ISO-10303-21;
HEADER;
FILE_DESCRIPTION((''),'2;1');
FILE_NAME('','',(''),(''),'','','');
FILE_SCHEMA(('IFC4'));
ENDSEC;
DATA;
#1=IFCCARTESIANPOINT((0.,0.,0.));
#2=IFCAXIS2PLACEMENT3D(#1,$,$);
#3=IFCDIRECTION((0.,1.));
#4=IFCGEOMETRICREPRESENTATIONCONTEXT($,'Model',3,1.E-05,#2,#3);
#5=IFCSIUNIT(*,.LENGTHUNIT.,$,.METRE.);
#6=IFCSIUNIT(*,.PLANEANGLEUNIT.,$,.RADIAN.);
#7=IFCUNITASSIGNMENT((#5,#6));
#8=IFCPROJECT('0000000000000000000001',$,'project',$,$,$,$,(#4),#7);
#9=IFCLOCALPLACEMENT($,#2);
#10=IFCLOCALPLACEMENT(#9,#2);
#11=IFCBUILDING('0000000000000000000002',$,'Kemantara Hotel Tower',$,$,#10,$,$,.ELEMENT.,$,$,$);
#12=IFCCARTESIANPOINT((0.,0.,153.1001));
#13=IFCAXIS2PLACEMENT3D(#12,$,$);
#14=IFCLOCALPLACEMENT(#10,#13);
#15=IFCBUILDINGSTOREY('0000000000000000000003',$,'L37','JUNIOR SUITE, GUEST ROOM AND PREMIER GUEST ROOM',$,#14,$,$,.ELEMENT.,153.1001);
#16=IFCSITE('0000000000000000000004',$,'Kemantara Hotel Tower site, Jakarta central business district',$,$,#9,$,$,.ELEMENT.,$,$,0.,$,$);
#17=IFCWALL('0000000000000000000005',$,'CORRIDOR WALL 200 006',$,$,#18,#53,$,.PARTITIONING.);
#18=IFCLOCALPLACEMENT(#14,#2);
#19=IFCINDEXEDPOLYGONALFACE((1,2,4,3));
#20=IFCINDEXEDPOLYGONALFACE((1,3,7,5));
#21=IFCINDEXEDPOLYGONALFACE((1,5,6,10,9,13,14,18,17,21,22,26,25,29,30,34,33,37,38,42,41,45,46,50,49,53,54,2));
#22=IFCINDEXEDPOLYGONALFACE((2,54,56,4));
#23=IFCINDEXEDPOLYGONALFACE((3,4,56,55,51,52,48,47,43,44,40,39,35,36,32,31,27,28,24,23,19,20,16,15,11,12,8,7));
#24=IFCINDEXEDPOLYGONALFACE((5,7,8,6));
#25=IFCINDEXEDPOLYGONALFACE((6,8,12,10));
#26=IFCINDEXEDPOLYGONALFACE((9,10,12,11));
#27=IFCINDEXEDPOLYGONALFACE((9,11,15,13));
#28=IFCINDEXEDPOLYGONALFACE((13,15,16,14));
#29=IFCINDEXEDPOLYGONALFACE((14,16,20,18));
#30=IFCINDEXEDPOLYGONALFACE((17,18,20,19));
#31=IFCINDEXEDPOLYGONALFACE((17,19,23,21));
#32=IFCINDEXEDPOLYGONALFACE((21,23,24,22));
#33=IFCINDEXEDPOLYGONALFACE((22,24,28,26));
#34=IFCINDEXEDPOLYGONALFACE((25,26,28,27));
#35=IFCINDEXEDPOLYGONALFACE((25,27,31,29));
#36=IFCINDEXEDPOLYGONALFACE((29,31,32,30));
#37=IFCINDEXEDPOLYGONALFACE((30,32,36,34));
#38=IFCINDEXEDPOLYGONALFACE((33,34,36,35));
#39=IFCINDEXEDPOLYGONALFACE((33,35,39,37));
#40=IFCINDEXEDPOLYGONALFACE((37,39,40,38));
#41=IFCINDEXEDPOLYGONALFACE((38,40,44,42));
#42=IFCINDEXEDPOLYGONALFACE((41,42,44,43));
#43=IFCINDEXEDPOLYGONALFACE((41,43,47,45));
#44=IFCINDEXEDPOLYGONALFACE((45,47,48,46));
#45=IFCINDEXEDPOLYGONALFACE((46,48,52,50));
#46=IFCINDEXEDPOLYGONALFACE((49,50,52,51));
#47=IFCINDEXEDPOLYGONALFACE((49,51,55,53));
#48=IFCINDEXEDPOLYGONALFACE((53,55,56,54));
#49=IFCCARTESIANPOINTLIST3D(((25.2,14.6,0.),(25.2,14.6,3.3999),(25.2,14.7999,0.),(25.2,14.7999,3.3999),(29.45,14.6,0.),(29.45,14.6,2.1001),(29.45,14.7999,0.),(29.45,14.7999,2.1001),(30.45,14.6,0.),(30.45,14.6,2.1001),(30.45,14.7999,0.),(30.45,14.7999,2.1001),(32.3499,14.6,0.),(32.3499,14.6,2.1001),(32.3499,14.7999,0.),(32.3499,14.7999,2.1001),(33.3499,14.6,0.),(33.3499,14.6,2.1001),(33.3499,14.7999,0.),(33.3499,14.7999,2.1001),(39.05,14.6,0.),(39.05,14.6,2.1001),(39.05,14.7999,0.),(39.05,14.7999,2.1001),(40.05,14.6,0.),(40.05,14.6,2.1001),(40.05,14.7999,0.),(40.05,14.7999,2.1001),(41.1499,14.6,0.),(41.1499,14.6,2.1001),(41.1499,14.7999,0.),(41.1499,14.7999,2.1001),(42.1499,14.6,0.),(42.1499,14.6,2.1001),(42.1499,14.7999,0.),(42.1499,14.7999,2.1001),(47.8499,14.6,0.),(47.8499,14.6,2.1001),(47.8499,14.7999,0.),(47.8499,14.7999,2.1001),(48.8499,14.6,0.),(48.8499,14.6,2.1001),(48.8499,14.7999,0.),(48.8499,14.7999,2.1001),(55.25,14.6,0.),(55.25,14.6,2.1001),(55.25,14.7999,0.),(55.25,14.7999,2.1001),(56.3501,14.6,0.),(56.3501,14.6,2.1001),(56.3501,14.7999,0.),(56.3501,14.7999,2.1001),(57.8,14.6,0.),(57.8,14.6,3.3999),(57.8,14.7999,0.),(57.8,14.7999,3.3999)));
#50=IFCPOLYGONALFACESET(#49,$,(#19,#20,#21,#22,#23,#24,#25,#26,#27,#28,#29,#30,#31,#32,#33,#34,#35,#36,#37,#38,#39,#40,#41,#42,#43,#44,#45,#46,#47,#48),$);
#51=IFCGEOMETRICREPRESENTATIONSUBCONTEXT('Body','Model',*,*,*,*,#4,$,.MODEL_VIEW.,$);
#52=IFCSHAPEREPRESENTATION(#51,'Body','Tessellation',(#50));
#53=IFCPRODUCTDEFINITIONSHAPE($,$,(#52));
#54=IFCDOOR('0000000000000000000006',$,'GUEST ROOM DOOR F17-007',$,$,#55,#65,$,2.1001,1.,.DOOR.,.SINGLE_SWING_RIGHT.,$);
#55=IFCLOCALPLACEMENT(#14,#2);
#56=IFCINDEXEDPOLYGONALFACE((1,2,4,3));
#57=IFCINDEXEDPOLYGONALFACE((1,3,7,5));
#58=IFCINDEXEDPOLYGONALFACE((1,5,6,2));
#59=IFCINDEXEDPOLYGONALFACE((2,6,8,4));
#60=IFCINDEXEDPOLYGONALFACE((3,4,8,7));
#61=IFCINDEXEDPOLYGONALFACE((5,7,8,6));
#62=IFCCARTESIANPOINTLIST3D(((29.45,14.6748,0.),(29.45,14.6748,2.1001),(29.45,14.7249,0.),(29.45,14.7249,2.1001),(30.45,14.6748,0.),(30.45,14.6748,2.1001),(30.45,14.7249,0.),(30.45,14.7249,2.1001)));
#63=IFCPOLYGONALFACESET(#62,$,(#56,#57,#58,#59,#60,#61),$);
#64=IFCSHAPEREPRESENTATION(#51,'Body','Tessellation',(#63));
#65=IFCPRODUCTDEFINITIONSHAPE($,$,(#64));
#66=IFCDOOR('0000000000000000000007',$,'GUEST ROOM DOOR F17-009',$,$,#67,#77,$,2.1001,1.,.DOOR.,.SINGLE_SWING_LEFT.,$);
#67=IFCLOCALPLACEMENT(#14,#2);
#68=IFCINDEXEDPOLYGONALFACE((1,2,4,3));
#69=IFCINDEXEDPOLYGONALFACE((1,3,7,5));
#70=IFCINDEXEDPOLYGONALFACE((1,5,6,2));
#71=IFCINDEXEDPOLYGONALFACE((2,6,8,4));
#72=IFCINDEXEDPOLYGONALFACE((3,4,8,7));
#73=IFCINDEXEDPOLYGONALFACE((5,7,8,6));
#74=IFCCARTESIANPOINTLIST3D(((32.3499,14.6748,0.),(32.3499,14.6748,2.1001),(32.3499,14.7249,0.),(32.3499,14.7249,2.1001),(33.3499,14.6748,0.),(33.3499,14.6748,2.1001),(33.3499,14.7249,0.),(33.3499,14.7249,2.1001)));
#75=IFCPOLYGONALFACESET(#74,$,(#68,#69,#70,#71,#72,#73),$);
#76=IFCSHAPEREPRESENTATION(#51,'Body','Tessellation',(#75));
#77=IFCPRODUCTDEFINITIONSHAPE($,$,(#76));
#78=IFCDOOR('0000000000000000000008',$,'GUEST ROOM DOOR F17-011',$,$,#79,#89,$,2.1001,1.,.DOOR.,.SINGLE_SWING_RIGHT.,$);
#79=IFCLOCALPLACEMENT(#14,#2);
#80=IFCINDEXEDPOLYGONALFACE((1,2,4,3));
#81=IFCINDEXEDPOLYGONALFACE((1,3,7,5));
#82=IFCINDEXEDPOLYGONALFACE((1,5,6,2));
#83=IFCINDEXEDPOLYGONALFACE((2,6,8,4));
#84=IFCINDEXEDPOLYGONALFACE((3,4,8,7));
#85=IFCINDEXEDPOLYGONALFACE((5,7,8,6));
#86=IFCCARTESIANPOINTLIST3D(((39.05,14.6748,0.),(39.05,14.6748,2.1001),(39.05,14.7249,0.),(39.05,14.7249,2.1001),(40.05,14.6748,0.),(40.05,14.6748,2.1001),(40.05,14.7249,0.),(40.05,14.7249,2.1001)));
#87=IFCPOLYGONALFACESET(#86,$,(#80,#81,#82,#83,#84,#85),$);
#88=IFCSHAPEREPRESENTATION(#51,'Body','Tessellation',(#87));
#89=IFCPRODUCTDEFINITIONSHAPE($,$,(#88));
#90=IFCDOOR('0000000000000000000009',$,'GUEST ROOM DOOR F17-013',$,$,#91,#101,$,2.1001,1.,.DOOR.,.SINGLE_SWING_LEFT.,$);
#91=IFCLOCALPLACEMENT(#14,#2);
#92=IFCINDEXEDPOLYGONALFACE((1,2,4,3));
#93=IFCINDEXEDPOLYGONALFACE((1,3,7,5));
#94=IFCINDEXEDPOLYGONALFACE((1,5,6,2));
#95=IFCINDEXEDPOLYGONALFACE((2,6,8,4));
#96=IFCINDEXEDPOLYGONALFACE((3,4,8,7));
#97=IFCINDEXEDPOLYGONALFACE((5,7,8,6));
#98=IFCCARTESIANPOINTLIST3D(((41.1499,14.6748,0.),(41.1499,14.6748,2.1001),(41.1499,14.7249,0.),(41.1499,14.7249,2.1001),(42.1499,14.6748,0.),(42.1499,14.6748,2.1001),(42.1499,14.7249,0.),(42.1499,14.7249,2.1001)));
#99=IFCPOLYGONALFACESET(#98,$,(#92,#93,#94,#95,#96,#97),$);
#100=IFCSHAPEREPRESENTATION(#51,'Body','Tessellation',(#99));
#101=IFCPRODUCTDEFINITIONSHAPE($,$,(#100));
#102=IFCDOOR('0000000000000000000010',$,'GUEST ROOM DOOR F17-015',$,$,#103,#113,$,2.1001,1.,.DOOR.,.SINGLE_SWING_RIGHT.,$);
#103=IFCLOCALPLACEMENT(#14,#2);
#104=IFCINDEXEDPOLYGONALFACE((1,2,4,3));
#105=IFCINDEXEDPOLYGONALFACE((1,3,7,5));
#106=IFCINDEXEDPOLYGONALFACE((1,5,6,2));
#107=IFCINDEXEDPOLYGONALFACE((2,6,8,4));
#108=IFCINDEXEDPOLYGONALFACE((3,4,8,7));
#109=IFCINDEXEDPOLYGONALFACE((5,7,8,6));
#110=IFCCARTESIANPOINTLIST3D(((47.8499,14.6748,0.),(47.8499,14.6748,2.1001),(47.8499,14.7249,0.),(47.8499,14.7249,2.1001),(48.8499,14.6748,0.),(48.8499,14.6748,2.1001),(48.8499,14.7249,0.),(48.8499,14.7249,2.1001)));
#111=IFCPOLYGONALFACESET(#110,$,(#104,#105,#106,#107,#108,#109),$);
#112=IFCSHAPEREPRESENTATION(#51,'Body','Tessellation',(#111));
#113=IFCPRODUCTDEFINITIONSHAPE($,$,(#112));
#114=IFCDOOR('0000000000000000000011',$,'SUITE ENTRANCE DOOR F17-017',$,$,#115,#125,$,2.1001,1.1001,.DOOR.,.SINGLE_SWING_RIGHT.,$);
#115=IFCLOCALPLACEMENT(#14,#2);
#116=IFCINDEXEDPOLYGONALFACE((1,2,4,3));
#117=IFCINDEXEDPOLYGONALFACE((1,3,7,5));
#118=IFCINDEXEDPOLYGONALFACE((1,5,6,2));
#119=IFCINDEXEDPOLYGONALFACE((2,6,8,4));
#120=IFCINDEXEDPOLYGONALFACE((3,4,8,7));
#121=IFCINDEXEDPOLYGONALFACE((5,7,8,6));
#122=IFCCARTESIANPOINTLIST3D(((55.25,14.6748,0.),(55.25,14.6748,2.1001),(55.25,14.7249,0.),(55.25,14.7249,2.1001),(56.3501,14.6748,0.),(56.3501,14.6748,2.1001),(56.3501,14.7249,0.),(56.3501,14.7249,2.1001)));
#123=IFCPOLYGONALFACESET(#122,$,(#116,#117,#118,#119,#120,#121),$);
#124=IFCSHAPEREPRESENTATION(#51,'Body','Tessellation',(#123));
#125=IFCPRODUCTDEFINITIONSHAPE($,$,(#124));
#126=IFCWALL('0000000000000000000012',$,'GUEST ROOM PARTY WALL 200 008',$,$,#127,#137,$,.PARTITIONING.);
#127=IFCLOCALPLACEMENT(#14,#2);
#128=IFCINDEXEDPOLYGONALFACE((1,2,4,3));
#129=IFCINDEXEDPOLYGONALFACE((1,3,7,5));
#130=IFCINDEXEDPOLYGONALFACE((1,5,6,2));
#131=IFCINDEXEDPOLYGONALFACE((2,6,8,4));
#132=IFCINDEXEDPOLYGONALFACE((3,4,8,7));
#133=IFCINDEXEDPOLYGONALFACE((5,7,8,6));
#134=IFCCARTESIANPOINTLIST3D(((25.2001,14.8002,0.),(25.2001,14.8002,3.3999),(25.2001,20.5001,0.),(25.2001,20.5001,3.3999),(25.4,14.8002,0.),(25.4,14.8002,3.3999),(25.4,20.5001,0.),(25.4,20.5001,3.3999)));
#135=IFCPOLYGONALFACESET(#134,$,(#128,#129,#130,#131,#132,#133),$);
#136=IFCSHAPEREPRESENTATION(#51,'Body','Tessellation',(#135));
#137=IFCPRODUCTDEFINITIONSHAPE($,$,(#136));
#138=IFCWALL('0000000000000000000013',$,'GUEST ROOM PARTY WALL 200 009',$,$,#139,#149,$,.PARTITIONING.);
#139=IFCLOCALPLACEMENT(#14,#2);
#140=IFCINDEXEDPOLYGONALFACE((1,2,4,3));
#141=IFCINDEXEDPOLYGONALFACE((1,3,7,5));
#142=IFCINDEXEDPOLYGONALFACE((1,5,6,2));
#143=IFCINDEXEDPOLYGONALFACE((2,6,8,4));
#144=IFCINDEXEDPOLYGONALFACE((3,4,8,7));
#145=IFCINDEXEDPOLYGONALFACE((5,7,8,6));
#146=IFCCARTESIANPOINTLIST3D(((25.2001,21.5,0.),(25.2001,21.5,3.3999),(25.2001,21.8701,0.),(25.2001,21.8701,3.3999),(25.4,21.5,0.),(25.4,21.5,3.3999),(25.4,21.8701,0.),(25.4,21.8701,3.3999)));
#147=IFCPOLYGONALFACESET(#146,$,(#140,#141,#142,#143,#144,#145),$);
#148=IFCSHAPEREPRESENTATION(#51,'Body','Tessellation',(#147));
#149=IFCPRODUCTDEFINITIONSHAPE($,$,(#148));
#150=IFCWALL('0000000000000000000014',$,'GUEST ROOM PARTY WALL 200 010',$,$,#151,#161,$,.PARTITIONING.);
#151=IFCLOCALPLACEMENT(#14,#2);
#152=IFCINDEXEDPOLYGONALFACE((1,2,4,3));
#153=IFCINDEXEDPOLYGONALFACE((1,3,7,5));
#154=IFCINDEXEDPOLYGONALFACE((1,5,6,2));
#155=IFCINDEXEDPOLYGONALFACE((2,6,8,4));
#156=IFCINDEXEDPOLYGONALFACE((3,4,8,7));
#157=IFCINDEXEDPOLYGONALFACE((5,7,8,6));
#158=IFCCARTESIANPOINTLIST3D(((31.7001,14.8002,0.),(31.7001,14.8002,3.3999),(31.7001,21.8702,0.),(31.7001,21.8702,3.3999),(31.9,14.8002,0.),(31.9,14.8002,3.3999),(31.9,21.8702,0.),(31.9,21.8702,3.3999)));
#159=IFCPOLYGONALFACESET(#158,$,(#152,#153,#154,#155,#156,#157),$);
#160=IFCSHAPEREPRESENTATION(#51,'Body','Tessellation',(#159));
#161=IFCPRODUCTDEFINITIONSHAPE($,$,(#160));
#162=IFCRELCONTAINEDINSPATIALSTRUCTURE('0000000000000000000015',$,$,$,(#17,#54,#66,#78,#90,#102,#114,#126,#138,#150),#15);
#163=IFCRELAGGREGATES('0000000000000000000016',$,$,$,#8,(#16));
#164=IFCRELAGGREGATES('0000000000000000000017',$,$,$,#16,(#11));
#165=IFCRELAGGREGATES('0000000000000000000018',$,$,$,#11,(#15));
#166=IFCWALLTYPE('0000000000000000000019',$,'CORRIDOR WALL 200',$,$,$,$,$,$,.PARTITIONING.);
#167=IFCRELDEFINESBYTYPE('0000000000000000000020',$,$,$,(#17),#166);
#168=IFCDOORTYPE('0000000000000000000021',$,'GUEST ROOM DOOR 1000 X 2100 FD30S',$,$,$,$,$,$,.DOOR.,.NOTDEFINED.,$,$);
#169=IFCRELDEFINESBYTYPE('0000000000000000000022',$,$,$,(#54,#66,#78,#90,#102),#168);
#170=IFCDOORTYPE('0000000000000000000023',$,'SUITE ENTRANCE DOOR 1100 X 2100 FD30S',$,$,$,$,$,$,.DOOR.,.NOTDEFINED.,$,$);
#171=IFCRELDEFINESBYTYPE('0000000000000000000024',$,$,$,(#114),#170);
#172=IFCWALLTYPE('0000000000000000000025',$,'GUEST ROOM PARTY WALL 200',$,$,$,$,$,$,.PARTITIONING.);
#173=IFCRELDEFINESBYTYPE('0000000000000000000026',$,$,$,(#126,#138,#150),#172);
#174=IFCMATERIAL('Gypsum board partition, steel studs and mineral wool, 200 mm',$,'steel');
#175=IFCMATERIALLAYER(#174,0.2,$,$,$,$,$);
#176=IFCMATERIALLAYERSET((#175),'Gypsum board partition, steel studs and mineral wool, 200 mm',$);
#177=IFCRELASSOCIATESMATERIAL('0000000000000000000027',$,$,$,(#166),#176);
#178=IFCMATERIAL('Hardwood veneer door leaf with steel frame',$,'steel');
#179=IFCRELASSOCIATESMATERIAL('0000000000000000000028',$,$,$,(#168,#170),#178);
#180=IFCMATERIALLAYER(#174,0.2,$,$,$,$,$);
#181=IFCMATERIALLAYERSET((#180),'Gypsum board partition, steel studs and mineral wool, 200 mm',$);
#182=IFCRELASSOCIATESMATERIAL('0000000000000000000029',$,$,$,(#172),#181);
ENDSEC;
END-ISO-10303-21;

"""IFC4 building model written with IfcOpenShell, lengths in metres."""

from ifc_helpers import new_model, si_unit, direction, frame, frame_2d, origin, place, context, subcontext, project, spatial, rectangle, extrude, material, layer, layer_set, type_object, element, fill, save


model = new_model("IFC4")

# Units and contexts
model_context = context("Model", 3, precision=1e-05, world=origin(), true_north=direction((0.0, 1.0)))
body_context = subcontext(model_context, "Body", "Model", "MODEL_VIEW")
ifc_project = project(units=[si_unit("LENGTHUNIT", "METRE"), si_unit("PLANEANGLEUNIT", "RADIAN")], contexts=[model_context])

# Site, building, storey
site_placement = place(None, origin())
site = spatial("IfcSite", under=ifc_project, at=site_placement, Name="Kemantara Hotel Tower site, Jakarta central business district", CompositionType="ELEMENT", RefElevation=0.0)
building_placement = place(site_placement, origin())
building = spatial("IfcBuilding", under=site, at=building_placement, Name="Kemantara Hotel Tower", CompositionType="ELEMENT")
storey_placement = place(building_placement, frame((0.0, 0.0, 153.1001)))
storey = spatial("IfcBuildingStorey", under=building, at=storey_placement, Name="L37", Description="JUNIOR SUITE, GUEST ROOM AND PREMIER GUEST ROOM", CompositionType="ELEMENT", Elevation=153.1001)

# Wall, openings, doors
ifc_material_1 = material(Name="Gypsum board partition, steel studs and mineral wool, 200 mm", Category="steel")
ifc_layer_1 = layer(ifc_material_1, 0.2)
ifc_layer_set_1 = layer_set([ifc_layer_1], Name="Gypsum board partition, steel studs and mineral wool, 200 mm")
wall_type_1 = type_object("IfcWallType", Name="CORRIDOR WALL 200", PredefinedType="PARTITIONING", material=ifc_layer_set_1)
wall_1_placement = place(storey_placement, frame((25.2, 14.7, 0.0), z_axis=(0.0, 0.0, 1.0), x_axis=(1.0, 0.0, 0.0)))
wall_1 = element("IfcWall", 1, at=wall_1_placement, inside=storey, type_object=wall_type_1, Name="CORRIDOR WALL 200 006", PredefinedType="PARTITIONING", context=body_context, shape_type="SweptSolid", body=[
    extrude(rectangle(XDim=32.6001, YDim=0.2, at=frame_2d((16.3, 0.0))), origin(), (0.0, 0.0, 1.0), 3.3999),
])
opening_1_placement = place(wall_1_placement, frame((4.25, 0.0, 0.0)))
opening_1 = element("IfcOpeningElement", 2, at=opening_1_placement, cuts=wall_1, PredefinedType="OPENING", context=body_context, shape_type="SweptSolid", body=[
    extrude(rectangle(XDim=1.0, YDim=2.1001, at=frame_2d((0.5, 1.05))), frame((0.0, 0.1099, 0.0), z_axis=(0.0, -1.0, 0.0), x_axis=(1.0, 0.0, 0.0)), (0.0, 0.0, 1.0), 0.22),
])
opening_2_placement = place(wall_1_placement, frame((7.1499, 0.0, 0.0)))
opening_2 = element("IfcOpeningElement", 3, at=opening_2_placement, cuts=wall_1, PredefinedType="OPENING", context=body_context, shape_type="SweptSolid", body=[
    extrude(rectangle(XDim=1.0, YDim=2.1001, at=frame_2d((0.5, 1.05))), frame((0.0, 0.1099, 0.0), z_axis=(0.0, -1.0, 0.0), x_axis=(1.0, 0.0, 0.0)), (0.0, 0.0, 1.0), 0.22),
])
opening_3_placement = place(wall_1_placement, frame((13.8501, 0.0, 0.0)))
opening_3 = element("IfcOpeningElement", 4, at=opening_3_placement, cuts=wall_1, PredefinedType="OPENING", context=body_context, shape_type="SweptSolid", body=[
    extrude(rectangle(XDim=1.0, YDim=2.1001, at=frame_2d((0.5, 1.05))), frame((0.0, 0.1099, 0.0), z_axis=(0.0, -1.0, 0.0), x_axis=(1.0, 0.0, 0.0)), (0.0, 0.0, 1.0), 0.22),
])
opening_4_placement = place(wall_1_placement, frame((15.95, 0.0, 0.0)))
opening_4 = element("IfcOpeningElement", 5, at=opening_4_placement, cuts=wall_1, PredefinedType="OPENING", context=body_context, shape_type="SweptSolid", body=[
    extrude(rectangle(XDim=1.0, YDim=2.1001, at=frame_2d((0.5, 1.05))), frame((0.0, 0.1099, 0.0), z_axis=(0.0, -1.0, 0.0), x_axis=(1.0, 0.0, 0.0)), (0.0, 0.0, 1.0), 0.22),
])
opening_5_placement = place(wall_1_placement, frame((22.6499, 0.0, 0.0)))
opening_5 = element("IfcOpeningElement", 6, at=opening_5_placement, cuts=wall_1, PredefinedType="OPENING", context=body_context, shape_type="SweptSolid", body=[
    extrude(rectangle(XDim=1.0, YDim=2.1001, at=frame_2d((0.5, 1.05))), frame((0.0, 0.1099, 0.0), z_axis=(0.0, -1.0, 0.0), x_axis=(1.0, 0.0, 0.0)), (0.0, 0.0, 1.0), 0.22),
])
opening_6_placement = place(wall_1_placement, frame((30.05, 0.0, 0.0)))
opening_6 = element("IfcOpeningElement", 7, at=opening_6_placement, cuts=wall_1, PredefinedType="OPENING", context=body_context, shape_type="SweptSolid", body=[
    extrude(rectangle(XDim=1.1001, YDim=2.1001, at=frame_2d((0.55, 1.05))), frame((0.0, 0.1099, 0.0), z_axis=(0.0, -1.0, 0.0), x_axis=(1.0, 0.0, 0.0)), (0.0, 0.0, 1.0), 0.22),
])
ifc_material_2 = material(Name="Hardwood veneer door leaf with steel frame", Category="steel")
door_type_1 = type_object("IfcDoorType", Name="GUEST ROOM DOOR 1000 X 2100 FD30S", OperationType="NOTDEFINED", PredefinedType="DOOR", material=ifc_material_2)
door_1_placement = place(opening_1_placement, origin())
door_1 = element("IfcDoor", 8, at=door_1_placement, inside=storey, type_object=door_type_1, Name="GUEST ROOM DOOR F17-007", OperationType="SINGLE_SWING_RIGHT", OverallHeight=2.1001, OverallWidth=1.0, PredefinedType="DOOR", context=body_context, shape_type="SweptSolid", body=[
    extrude(rectangle(XDim=1.0, YDim=2.1001, at=frame_2d((0.5, 1.05))), frame((0.0, 0.0249, 0.0), z_axis=(0.0, -1.0, 0.0), x_axis=(1.0, 0.0, 0.0)), (0.0, 0.0, 1.0), 0.05),
])
fill(opening_1, door_1)
door_2_placement = place(opening_2_placement, origin())
door_2 = element("IfcDoor", 9, at=door_2_placement, inside=storey, type_object=door_type_1, Name="GUEST ROOM DOOR F17-009", OperationType="SINGLE_SWING_LEFT", OverallHeight=2.1001, OverallWidth=1.0, PredefinedType="DOOR", context=body_context, shape_type="SweptSolid", body=[
    extrude(rectangle(XDim=1.0, YDim=2.1001, at=frame_2d((0.5, 1.05))), frame((0.0, 0.0249, 0.0), z_axis=(0.0, -1.0, 0.0), x_axis=(1.0, 0.0, 0.0)), (0.0, 0.0, 1.0), 0.05),
])
fill(opening_2, door_2)
door_3_placement = place(opening_3_placement, origin())
door_3 = element("IfcDoor", 10, at=door_3_placement, inside=storey, type_object=door_type_1, Name="GUEST ROOM DOOR F17-011", OperationType="SINGLE_SWING_RIGHT", OverallHeight=2.1001, OverallWidth=1.0, PredefinedType="DOOR", context=body_context, shape_type="SweptSolid", body=[
    extrude(rectangle(XDim=1.0, YDim=2.1001, at=frame_2d((0.5, 1.05))), frame((0.0, 0.0249, 0.0), z_axis=(0.0, -1.0, 0.0), x_axis=(1.0, 0.0, 0.0)), (0.0, 0.0, 1.0), 0.05),
])
fill(opening_3, door_3)
door_4_placement = place(opening_4_placement, origin())
door_4 = element("IfcDoor", 11, at=door_4_placement, inside=storey, type_object=door_type_1, Name="GUEST ROOM DOOR F17-013", OperationType="SINGLE_SWING_LEFT", OverallHeight=2.1001, OverallWidth=1.0, PredefinedType="DOOR", context=body_context, shape_type="SweptSolid", body=[
    extrude(rectangle(XDim=1.0, YDim=2.1001, at=frame_2d((0.5, 1.05))), frame((0.0, 0.0249, 0.0), z_axis=(0.0, -1.0, 0.0), x_axis=(1.0, 0.0, 0.0)), (0.0, 0.0, 1.0), 0.05),
])
fill(opening_4, door_4)
door_5_placement = place(opening_5_placement, origin())
door_5 = element("IfcDoor", 12, at=door_5_placement, inside=storey, type_object=door_type_1, Name="GUEST ROOM DOOR F17-015", OperationType="SINGLE_SWING_RIGHT", OverallHeight=2.1001, OverallWidth=1.0, PredefinedType="DOOR", context=body_context, shape_type="SweptSolid", body=[
    extrude(rectangle(XDim=1.0, YDim=2.1001, at=frame_2d((0.5, 1.05))), frame((0.0, 0.0249, 0.0), z_axis=(0.0, -1.0, 0.0), x_axis=(1.0, 0.0, 0.0)), (0.0, 0.0, 1.0), 0.05),
])
fill(opening_5, door_5)
door_type_2 = type_object("IfcDoorType", Name="SUITE ENTRANCE DOOR 1100 X 2100 FD30S", OperationType="NOTDEFINED", PredefinedType="DOOR", material=ifc_material_2)
door_6_placement = place(opening_6_placement, origin())
door_6 = element("IfcDoor", 13, at=door_6_placement, inside=storey, type_object=door_type_2, Name="SUITE ENTRANCE DOOR F17-017", OperationType="SINGLE_SWING_RIGHT", OverallHeight=2.1001, OverallWidth=1.1001, PredefinedType="DOOR", context=body_context, shape_type="SweptSolid", body=[
    extrude(rectangle(XDim=1.1001, YDim=2.1001, at=frame_2d((0.55, 1.05))), frame((0.0, 0.0249, 0.0), z_axis=(0.0, -1.0, 0.0), x_axis=(1.0, 0.0, 0.0)), (0.0, 0.0, 1.0), 0.05),
])
fill(opening_6, door_6)

# Walls
ifc_layer_2 = layer(ifc_material_1, 0.2)
ifc_layer_set_2 = layer_set([ifc_layer_2], Name="Gypsum board partition, steel studs and mineral wool, 200 mm")
wall_type_2 = type_object("IfcWallType", Name="GUEST ROOM PARTY WALL 200", PredefinedType="PARTITIONING", material=ifc_layer_set_2)
wall_2_placement = place(storey_placement, frame((25.3, 14.8, 0.0), z_axis=(0.0, 0.0, 1.0), x_axis=(0.0, 1.0, 0.0)))
element("IfcWall", 14, at=wall_2_placement, inside=storey, type_object=wall_type_2, Name="GUEST ROOM PARTY WALL 200 008", PredefinedType="PARTITIONING", context=body_context, shape_type="SweptSolid", body=[
    extrude(rectangle(XDim=5.7, YDim=0.2, at=frame_2d((2.8501, 0.0))), origin(), (0.0, 0.0, 1.0), 3.3999),
])
wall_3_placement = place(storey_placement, frame((25.3, 21.5, 0.0), z_axis=(0.0, 0.0, 1.0), x_axis=(0.0, 1.0, 0.0)))
element("IfcWall", 15, at=wall_3_placement, inside=storey, type_object=wall_type_2, Name="GUEST ROOM PARTY WALL 200 009", PredefinedType="PARTITIONING", context=body_context, shape_type="SweptSolid", body=[
    extrude(rectangle(XDim=0.3701, YDim=0.2, at=frame_2d((0.1851, 0.0))), origin(), (0.0, 0.0, 1.0), 3.3999),
])
wall_4_placement = place(storey_placement, frame((31.8, 14.8, 0.0), z_axis=(0.0, 0.0, 1.0), x_axis=(0.0, 1.0, 0.0)))
element("IfcWall", 16, at=wall_4_placement, inside=storey, type_object=wall_type_2, Name="GUEST ROOM PARTY WALL 200 010", PredefinedType="PARTITIONING", context=body_context, shape_type="SweptSolid", body=[
    extrude(rectangle(XDim=7.0701, YDim=0.2, at=frame_2d((3.5352, 0.0))), origin(), (0.0, 0.0, 1.0), 3.3999),
])

save(model, "model.ifc")
